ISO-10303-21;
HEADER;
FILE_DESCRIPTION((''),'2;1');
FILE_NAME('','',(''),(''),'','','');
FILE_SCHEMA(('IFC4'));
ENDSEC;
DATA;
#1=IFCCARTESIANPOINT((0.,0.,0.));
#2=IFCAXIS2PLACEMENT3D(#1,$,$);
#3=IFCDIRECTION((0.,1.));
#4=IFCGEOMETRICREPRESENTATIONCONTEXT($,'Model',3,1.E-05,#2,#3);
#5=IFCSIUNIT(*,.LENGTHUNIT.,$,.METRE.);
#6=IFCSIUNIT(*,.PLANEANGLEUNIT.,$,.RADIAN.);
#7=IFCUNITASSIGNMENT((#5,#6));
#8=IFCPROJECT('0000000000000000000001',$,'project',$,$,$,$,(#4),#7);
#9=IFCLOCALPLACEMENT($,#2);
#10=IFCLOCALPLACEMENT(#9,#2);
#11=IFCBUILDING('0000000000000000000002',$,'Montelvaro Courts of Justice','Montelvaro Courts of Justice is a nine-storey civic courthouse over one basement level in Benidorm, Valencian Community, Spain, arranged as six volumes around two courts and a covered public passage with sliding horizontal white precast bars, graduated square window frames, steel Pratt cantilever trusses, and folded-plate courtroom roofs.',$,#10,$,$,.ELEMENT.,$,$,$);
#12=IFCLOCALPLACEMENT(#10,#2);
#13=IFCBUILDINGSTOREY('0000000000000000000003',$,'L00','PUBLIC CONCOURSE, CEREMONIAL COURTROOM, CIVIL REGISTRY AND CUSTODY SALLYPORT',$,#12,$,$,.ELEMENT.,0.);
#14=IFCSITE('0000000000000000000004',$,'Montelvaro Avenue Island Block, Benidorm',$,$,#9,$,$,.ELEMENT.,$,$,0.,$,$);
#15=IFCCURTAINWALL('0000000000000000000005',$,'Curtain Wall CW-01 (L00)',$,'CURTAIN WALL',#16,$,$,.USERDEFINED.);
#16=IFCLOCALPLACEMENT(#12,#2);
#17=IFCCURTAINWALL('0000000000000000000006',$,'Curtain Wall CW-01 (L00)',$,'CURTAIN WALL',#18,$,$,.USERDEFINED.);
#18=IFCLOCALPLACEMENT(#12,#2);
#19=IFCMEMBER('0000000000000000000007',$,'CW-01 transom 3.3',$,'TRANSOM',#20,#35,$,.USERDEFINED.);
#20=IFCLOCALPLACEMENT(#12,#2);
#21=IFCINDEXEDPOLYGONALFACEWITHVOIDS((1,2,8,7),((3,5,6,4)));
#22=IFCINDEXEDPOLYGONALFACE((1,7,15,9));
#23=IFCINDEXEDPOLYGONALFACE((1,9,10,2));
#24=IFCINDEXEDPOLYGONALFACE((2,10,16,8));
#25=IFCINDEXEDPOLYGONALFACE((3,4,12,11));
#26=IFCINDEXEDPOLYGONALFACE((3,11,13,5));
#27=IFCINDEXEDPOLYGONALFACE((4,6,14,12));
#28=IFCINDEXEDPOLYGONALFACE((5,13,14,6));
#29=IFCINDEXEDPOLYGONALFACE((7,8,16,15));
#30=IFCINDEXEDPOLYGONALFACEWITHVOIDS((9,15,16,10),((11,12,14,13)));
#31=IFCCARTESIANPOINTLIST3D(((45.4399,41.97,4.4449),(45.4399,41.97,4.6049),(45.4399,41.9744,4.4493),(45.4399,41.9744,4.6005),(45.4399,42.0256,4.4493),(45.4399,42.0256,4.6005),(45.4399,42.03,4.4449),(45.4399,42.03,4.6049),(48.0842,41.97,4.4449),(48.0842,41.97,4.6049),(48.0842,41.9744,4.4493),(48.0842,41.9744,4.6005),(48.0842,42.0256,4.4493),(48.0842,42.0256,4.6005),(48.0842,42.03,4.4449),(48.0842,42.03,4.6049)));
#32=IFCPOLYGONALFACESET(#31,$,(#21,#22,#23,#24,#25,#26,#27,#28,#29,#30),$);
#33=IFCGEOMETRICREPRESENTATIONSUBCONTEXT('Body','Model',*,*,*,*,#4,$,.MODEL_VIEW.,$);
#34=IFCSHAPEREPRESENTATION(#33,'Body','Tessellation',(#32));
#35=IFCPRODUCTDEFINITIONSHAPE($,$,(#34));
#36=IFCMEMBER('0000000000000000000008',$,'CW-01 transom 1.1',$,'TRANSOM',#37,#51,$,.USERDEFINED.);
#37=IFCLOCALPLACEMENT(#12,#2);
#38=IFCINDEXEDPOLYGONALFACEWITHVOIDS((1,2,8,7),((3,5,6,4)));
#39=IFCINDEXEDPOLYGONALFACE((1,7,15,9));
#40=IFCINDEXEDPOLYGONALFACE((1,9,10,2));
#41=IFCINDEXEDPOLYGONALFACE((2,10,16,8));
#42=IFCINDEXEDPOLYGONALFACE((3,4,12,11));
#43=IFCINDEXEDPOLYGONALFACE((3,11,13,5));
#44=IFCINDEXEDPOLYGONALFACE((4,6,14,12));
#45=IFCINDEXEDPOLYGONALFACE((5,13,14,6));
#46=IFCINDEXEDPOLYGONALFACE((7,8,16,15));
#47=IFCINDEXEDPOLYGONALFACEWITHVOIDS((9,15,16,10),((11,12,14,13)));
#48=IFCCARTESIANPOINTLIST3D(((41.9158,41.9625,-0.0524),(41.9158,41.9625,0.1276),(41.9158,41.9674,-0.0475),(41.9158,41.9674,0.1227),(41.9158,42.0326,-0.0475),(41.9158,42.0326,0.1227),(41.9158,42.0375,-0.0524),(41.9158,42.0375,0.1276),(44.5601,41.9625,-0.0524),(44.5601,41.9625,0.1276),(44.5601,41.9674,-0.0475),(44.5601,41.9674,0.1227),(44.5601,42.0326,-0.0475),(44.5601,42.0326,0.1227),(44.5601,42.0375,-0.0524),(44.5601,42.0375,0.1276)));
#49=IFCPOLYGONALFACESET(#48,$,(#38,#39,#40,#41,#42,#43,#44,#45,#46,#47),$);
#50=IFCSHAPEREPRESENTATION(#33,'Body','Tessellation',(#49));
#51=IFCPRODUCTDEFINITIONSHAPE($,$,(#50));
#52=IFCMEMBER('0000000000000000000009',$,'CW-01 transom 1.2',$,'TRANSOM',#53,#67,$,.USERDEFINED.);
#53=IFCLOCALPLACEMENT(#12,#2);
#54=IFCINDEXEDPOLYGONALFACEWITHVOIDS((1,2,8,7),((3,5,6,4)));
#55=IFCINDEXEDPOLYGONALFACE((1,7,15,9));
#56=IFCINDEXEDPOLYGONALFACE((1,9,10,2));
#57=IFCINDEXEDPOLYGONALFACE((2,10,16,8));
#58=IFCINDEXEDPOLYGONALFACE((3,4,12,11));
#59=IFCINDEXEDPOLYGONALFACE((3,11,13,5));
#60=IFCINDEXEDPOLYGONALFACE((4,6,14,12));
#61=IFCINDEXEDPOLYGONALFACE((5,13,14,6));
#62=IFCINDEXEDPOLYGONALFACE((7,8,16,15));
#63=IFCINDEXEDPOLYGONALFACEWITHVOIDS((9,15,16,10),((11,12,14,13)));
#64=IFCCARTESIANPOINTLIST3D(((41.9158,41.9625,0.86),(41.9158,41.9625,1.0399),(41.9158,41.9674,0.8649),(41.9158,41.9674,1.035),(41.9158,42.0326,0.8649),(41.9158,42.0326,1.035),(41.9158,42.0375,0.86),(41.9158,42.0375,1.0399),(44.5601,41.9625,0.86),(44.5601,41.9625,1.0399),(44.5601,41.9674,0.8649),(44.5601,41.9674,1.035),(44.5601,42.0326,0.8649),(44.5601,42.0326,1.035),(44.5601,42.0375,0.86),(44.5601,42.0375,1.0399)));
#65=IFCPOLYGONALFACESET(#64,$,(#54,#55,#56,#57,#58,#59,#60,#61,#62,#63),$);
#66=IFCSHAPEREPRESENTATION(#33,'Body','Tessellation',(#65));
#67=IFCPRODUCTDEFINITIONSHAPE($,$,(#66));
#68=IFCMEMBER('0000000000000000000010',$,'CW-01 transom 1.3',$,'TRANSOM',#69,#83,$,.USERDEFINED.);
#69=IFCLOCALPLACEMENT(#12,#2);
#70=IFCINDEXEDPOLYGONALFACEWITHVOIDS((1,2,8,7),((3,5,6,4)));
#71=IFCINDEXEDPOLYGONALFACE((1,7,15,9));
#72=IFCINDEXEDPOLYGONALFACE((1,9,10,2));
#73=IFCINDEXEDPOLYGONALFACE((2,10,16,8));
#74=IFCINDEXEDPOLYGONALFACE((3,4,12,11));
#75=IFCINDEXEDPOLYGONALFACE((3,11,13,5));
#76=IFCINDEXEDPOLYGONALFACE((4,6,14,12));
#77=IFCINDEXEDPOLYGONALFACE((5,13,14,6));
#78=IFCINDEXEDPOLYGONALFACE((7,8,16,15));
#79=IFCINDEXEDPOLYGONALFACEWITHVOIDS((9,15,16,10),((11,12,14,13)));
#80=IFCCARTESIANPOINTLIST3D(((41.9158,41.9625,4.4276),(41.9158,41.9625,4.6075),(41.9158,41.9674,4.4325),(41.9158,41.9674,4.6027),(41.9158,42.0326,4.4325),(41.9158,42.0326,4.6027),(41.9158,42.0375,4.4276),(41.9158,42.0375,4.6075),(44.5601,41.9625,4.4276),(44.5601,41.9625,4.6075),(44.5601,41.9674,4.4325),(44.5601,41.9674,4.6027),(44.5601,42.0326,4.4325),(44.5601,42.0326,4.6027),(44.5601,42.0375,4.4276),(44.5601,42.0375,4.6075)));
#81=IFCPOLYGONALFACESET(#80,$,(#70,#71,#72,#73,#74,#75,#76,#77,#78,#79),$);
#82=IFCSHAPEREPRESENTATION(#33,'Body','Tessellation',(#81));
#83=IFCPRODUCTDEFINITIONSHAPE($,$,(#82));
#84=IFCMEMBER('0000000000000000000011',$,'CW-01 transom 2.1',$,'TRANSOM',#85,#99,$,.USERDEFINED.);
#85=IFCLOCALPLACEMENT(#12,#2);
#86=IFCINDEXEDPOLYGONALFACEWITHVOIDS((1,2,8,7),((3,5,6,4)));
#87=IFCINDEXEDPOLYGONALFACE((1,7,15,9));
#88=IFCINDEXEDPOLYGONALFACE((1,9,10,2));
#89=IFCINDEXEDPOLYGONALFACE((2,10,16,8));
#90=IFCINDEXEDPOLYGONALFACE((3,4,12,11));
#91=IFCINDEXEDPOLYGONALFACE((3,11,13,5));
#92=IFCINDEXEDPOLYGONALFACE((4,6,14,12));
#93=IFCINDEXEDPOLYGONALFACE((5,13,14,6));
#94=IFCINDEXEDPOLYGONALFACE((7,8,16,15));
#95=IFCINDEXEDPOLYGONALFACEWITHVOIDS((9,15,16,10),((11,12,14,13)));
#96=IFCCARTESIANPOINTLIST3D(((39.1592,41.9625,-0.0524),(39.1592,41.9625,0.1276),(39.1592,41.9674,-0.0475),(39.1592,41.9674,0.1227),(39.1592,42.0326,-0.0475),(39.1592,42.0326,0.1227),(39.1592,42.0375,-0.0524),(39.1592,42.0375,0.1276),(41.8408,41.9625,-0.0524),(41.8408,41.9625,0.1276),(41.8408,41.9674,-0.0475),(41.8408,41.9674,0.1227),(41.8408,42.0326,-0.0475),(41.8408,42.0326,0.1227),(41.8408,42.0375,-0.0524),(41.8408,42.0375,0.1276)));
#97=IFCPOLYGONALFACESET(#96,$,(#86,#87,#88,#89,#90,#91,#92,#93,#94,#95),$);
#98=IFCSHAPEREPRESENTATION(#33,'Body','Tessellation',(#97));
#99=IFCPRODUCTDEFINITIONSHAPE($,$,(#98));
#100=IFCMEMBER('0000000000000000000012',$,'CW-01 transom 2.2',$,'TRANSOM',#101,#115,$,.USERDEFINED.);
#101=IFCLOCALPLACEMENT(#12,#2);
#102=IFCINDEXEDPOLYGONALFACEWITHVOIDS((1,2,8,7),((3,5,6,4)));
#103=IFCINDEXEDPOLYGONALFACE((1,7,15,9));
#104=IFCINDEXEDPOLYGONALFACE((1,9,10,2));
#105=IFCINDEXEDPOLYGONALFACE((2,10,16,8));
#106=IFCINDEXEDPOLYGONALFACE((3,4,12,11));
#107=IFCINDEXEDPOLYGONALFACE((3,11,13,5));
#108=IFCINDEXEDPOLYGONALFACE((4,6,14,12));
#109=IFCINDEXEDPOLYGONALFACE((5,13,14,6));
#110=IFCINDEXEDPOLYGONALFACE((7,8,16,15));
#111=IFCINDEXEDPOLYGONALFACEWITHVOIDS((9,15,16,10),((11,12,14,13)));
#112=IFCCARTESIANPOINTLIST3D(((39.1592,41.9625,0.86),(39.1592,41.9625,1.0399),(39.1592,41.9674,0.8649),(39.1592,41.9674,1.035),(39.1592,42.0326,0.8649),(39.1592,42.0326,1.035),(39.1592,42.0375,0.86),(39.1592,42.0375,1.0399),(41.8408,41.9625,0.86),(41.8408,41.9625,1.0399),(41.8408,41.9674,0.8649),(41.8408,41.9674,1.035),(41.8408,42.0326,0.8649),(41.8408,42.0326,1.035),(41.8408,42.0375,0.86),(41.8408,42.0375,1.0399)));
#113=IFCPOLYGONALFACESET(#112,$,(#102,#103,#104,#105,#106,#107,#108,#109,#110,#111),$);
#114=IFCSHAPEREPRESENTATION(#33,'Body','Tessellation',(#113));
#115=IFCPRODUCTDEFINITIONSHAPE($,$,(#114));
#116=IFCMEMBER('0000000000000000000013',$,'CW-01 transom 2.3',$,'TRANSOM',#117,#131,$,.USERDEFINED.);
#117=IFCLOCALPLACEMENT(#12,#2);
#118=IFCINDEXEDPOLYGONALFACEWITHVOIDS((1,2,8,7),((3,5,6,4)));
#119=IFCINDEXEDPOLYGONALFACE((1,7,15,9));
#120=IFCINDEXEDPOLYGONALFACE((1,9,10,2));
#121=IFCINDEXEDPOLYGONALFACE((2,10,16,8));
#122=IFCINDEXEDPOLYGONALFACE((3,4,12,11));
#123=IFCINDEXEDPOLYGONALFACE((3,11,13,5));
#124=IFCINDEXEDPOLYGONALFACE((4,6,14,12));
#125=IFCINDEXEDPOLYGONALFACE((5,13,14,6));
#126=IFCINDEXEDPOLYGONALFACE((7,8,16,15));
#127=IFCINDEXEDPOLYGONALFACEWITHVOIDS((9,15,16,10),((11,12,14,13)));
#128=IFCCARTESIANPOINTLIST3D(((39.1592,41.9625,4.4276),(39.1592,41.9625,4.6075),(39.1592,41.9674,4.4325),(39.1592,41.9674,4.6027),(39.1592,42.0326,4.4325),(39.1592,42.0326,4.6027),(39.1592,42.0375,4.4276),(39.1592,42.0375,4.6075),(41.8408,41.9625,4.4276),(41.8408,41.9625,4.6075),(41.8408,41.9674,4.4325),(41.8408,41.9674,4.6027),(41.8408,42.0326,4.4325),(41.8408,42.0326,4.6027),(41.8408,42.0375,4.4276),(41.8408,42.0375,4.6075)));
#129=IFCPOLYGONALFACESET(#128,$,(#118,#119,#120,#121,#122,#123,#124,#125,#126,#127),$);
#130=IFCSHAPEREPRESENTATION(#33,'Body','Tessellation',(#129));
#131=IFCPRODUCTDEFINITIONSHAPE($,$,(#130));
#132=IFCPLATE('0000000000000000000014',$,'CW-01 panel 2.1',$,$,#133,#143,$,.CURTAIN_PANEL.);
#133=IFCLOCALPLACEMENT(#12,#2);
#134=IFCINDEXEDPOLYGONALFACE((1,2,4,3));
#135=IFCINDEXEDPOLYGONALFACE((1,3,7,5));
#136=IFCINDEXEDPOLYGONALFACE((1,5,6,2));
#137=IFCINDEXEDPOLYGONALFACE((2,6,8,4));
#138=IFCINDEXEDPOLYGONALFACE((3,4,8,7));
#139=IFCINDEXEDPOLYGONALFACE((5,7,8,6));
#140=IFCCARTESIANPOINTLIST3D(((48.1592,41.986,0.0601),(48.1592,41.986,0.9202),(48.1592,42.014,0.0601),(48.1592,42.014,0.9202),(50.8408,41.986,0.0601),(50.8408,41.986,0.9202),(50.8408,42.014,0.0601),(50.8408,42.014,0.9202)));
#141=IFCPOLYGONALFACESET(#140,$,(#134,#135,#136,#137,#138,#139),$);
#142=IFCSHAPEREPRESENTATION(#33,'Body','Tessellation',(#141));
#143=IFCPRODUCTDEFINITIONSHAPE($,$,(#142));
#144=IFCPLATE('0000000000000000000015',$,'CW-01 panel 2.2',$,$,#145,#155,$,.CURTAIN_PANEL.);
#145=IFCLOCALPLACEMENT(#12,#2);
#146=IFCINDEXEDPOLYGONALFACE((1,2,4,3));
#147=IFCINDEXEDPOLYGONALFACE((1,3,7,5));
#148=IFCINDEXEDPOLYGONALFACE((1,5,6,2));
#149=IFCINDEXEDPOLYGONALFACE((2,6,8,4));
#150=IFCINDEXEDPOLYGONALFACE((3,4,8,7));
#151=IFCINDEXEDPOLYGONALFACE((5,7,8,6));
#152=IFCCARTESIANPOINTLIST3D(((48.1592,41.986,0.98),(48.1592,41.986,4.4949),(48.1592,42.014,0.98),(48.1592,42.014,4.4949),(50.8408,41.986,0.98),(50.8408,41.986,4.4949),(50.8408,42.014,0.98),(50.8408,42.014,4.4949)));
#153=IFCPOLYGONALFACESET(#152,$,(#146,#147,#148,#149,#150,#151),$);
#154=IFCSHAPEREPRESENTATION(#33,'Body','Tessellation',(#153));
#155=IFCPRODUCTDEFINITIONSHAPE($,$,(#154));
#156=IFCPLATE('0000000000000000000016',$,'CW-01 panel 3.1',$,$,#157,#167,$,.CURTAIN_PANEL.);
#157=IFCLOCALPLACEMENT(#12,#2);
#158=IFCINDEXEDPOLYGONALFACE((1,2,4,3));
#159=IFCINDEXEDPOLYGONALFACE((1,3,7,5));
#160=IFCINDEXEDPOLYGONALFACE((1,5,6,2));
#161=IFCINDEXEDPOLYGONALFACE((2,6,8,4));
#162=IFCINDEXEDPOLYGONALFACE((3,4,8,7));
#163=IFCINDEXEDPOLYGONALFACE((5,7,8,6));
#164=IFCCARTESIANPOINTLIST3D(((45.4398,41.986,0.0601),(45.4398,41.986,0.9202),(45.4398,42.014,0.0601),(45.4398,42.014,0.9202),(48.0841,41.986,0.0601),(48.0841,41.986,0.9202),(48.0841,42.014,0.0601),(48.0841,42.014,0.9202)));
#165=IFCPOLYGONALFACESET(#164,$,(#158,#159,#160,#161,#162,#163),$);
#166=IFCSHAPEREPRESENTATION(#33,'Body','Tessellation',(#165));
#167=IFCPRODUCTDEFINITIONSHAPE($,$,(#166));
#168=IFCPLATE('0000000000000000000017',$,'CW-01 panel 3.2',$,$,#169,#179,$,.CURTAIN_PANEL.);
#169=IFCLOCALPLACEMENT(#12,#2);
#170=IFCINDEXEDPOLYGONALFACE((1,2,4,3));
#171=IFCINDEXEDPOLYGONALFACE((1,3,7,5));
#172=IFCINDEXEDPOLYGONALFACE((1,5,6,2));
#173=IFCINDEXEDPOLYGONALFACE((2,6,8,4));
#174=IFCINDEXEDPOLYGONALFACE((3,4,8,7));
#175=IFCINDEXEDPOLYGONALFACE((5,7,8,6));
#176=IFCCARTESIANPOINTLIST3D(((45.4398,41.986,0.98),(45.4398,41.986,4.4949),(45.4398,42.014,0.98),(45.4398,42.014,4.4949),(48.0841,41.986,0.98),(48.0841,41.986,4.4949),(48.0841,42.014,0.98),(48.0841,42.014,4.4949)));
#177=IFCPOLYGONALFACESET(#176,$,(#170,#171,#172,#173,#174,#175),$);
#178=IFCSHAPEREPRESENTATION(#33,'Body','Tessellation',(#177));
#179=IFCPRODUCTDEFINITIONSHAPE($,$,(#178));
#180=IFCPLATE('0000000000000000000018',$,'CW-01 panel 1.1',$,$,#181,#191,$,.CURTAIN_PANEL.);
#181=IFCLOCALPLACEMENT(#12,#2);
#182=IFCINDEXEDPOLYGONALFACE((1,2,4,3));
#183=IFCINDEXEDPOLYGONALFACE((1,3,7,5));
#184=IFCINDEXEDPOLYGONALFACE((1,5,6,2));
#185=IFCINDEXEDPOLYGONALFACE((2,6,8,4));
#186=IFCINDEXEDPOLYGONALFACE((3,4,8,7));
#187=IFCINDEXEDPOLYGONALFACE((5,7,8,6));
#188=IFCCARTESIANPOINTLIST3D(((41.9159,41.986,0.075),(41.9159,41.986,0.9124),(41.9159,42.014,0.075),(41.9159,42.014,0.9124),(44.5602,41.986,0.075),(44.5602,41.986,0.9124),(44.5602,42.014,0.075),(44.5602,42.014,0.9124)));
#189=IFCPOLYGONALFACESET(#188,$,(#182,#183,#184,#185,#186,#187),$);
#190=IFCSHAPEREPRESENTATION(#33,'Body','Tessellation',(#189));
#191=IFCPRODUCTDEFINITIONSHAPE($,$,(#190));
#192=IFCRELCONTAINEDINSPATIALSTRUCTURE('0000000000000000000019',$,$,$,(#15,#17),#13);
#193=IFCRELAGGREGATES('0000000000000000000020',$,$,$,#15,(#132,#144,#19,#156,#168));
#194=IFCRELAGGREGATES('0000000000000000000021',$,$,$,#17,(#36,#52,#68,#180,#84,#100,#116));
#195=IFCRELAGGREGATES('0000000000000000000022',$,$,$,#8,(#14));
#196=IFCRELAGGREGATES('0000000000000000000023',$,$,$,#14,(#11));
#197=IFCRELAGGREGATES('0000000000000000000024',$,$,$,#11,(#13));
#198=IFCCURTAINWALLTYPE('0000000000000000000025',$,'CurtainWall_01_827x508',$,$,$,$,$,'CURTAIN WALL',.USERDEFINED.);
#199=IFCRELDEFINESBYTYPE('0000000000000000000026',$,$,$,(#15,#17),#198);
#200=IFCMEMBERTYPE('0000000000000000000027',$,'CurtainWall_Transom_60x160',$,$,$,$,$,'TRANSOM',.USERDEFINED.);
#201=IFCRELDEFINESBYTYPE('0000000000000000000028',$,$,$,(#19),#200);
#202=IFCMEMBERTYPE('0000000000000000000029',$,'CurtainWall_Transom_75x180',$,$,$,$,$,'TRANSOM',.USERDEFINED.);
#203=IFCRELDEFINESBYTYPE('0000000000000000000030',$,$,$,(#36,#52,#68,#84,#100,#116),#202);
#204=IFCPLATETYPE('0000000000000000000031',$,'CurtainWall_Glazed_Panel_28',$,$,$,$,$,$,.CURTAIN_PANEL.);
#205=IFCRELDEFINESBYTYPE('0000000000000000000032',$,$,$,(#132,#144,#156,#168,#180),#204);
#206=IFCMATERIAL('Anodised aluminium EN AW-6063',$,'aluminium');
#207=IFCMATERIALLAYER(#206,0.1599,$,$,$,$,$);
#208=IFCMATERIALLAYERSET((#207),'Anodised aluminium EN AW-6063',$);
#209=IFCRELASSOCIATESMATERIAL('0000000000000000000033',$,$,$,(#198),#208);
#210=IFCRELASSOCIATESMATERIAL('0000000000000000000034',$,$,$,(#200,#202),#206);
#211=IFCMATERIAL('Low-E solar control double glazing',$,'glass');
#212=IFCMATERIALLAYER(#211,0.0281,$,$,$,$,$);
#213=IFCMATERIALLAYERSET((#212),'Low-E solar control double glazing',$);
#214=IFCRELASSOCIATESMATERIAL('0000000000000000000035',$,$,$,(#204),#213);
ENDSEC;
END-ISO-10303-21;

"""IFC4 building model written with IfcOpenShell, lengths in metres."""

from ifc_helpers import new_model, si_unit, direction, frame, origin, origin_2d, place, context, subcontext, project, spatial, rectangle, hollow_rectangle, extrude, material, layer, layer_set, material_profile, profile_set, type_object, element, aggregate, save


model = new_model("IFC4")

# Units and contexts
model_context = context("Model", 3, precision=1e-05, world=origin(), true_north=direction((0.0, 1.0)))
body_context = subcontext(model_context, "Body", "Model", "MODEL_VIEW")
ifc_project = project(units=[si_unit("LENGTHUNIT", "METRE"), si_unit("PLANEANGLEUNIT", "RADIAN")], contexts=[model_context])

# Site, building, storey
site_placement = place(None, origin())
site = spatial("IfcSite", under=ifc_project, at=site_placement, Name="Montelvaro Avenue Island Block, Benidorm", CompositionType="ELEMENT", RefElevation=0.0)
building_placement = place(site_placement, origin())
building = spatial("IfcBuilding", under=site, at=building_placement, Name="Montelvaro Courts of Justice", Description="Montelvaro Courts of Justice is a nine-storey civic courthouse over one basement level in Benidorm, Valencian Community, Spain, arranged as six volumes around two courts and a covered public passage with sliding horizontal white precast bars, graduated square window frames, steel Pratt cantilever trusses, and folded-plate courtroom roofs.", CompositionType="ELEMENT")
storey_placement = place(building_placement, origin())
storey = spatial("IfcBuildingStorey", under=building, at=storey_placement, Name="L00", Description="PUBLIC CONCOURSE, CEREMONIAL COURTROOM, CIVIL REGISTRY AND CUSTODY SALLYPORT", CompositionType="ELEMENT", Elevation=0.0)

# Curtain walls
ifc_material_1 = material(Name="Anodised aluminium EN AW-6063", Category="aluminium")
ifc_layer_1 = layer(ifc_material_1, 0.1599)
ifc_layer_set_1 = layer_set([ifc_layer_1], Name="Anodised aluminium EN AW-6063")
curtain_wall_type = type_object("IfcCurtainWallType", Name="CurtainWall_01_827x508", ElementType="CURTAIN WALL", PredefinedType="USERDEFINED", material=ifc_layer_set_1)
curtain_wall_1_placement = place(storey_placement, origin())
curtain_wall_1 = element("IfcCurtainWall", 1, at=curtain_wall_1_placement, inside=storey, type_object=curtain_wall_type, Name="Curtain Wall CW-01 (L00)", ObjectType="CURTAIN WALL", PredefinedType="USERDEFINED")
curtain_wall_2_placement = place(storey_placement, origin())
curtain_wall_2 = element("IfcCurtainWall", 2, at=curtain_wall_2_placement, inside=storey, type_object=curtain_wall_type, Name="Curtain Wall CW-01 (L00)", ObjectType="CURTAIN WALL", PredefinedType="USERDEFINED")

# Members
ifc_material_profile_1 = material_profile(ifc_material_1, hollow_rectangle(XDim=0.0601, YDim=0.1599, WallThickness=0.0044, at=origin_2d()), Name="ALU-T 60x160")
ifc_profile_set_1 = profile_set([ifc_material_profile_1], Name="Anodised aluminium EN AW-6063")
member_type_1 = type_object("IfcMemberType", Name="CurtainWall_Transom_60x160", ElementType="TRANSOM", PredefinedType="USERDEFINED", material=ifc_profile_set_1)
member_1_placement = place(storey_placement, frame((48.0842, 42.0, 4.5249), z_axis=(-1.0, 0.0, 0.0), x_axis=(0.0, -1.0, 0.0)))
member_1 = element("IfcMember", 3, at=member_1_placement, type_object=member_type_1, Name="CW-01 transom 3.3", ObjectType="TRANSOM", PredefinedType="USERDEFINED", context=body_context, shape_type="SweptSolid", body=[
    extrude(hollow_rectangle(XDim=0.0601, YDim=0.1599, WallThickness=0.0044, at=origin_2d()), origin(), (0.0, 0.0, 1.0), 2.6443),
])
ifc_material_profile_2 = material_profile(ifc_material_1, hollow_rectangle(XDim=0.075, YDim=0.1799, WallThickness=0.0049, at=origin_2d()), Name="ALU-T 75x180")
ifc_profile_set_2 = profile_set([ifc_material_profile_2], Name="Anodised aluminium EN AW-6063")
member_type_2 = type_object("IfcMemberType", Name="CurtainWall_Transom_75x180", ElementType="TRANSOM", PredefinedType="USERDEFINED", material=ifc_profile_set_2)
member_2_placement = place(storey_placement, frame((44.5601, 42.0, 0.0376), z_axis=(-1.0, 0.0, 0.0), x_axis=(0.0, -1.0, 0.0)))
member_2 = element("IfcMember", 4, at=member_2_placement, type_object=member_type_2, Name="CW-01 transom 1.1", ObjectType="TRANSOM", PredefinedType="USERDEFINED", context=body_context, shape_type="SweptSolid", body=[
    extrude(hollow_rectangle(XDim=0.075, YDim=0.1799, WallThickness=0.0049, at=origin_2d()), origin(), (0.0, 0.0, 1.0), 2.6443),
])
member_3_placement = place(storey_placement, frame((44.5601, 42.0, 0.95), z_axis=(-1.0, 0.0, 0.0), x_axis=(0.0, -1.0, 0.0)))
member_3 = element("IfcMember", 5, at=member_3_placement, type_object=member_type_2, Name="CW-01 transom 1.2", ObjectType="TRANSOM", PredefinedType="USERDEFINED", context=body_context, shape_type="SweptSolid", body=[
    extrude(hollow_rectangle(XDim=0.075, YDim=0.1799, WallThickness=0.0049, at=origin_2d()), origin(), (0.0, 0.0, 1.0), 2.6443),
])
member_4_placement = place(storey_placement, frame((44.5601, 42.0, 4.5176), z_axis=(-1.0, 0.0, 0.0), x_axis=(0.0, -1.0, 0.0)))
member_4 = element("IfcMember", 6, at=member_4_placement, type_object=member_type_2, Name="CW-01 transom 1.3", ObjectType="TRANSOM", PredefinedType="USERDEFINED", context=body_context, shape_type="SweptSolid", body=[
    extrude(hollow_rectangle(XDim=0.075, YDim=0.1799, WallThickness=0.0049, at=origin_2d()), origin(), (0.0, 0.0, 1.0), 2.6443),
])
member_5_placement = place(storey_placement, frame((41.8408, 42.0, 0.0376), z_axis=(-1.0, 0.0, 0.0), x_axis=(0.0, -1.0, 0.0)))
member_5 = element("IfcMember", 7, at=member_5_placement, type_object=member_type_2, Name="CW-01 transom 2.1", ObjectType="TRANSOM", PredefinedType="USERDEFINED", context=body_context, shape_type="SweptSolid", body=[
    extrude(hollow_rectangle(XDim=0.075, YDim=0.1799, WallThickness=0.0049, at=origin_2d()), origin(), (0.0, 0.0, 1.0), 2.6816),
])
member_6_placement = place(storey_placement, frame((41.8408, 42.0, 0.95), z_axis=(-1.0, 0.0, 0.0), x_axis=(0.0, -1.0, 0.0)))
member_6 = element("IfcMember", 8, at=member_6_placement, type_object=member_type_2, Name="CW-01 transom 2.2", ObjectType="TRANSOM", PredefinedType="USERDEFINED", context=body_context, shape_type="SweptSolid", body=[
    extrude(hollow_rectangle(XDim=0.075, YDim=0.1799, WallThickness=0.0049, at=origin_2d()), origin(), (0.0, 0.0, 1.0), 2.6816),
])
member_7_placement = place(storey_placement, frame((41.8408, 42.0, 4.5176), z_axis=(-1.0, 0.0, 0.0), x_axis=(0.0, -1.0, 0.0)))
member_7 = element("IfcMember", 9, at=member_7_placement, type_object=member_type_2, Name="CW-01 transom 2.3", ObjectType="TRANSOM", PredefinedType="USERDEFINED", context=body_context, shape_type="SweptSolid", body=[
    extrude(hollow_rectangle(XDim=0.075, YDim=0.1799, WallThickness=0.0049, at=origin_2d()), origin(), (0.0, 0.0, 1.0), 2.6816),
])

# Plates
ifc_material_2 = material(Name="Low-E solar control double glazing", Category="glass")
ifc_layer_2 = layer(ifc_material_2, 0.0281)
ifc_layer_set_2 = layer_set([ifc_layer_2], Name="Low-E solar control double glazing")
plate_type = type_object("IfcPlateType", Name="CurtainWall_Glazed_Panel_28", PredefinedType="CURTAIN_PANEL", material=ifc_layer_set_2)
plate_1_placement = place(storey_placement, frame((49.5, 42.0, 0.0601), z_axis=(0.0, 0.0, 1.0), x_axis=(-1.0, 0.0, 0.0)))
plate_1 = element("IfcPlate", 10, at=plate_1_placement, type_object=plate_type, Name="CW-01 panel 2.1", PredefinedType="CURTAIN_PANEL", context=body_context, shape_type="SweptSolid", body=[
    extrude(rectangle(XDim=2.6816, YDim=0.0281, at=origin_2d()), origin(), (0.0, 0.0, 1.0), 0.8601),
])
plate_2_placement = place(storey_placement, frame((49.5, 42.0, 0.98), z_axis=(0.0, 0.0, 1.0), x_axis=(-1.0, 0.0, 0.0)))
plate_2 = element("IfcPlate", 11, at=plate_2_placement, type_object=plate_type, Name="CW-01 panel 2.2", PredefinedType="CURTAIN_PANEL", context=body_context, shape_type="SweptSolid", body=[
    extrude(rectangle(XDim=2.6816, YDim=0.0281, at=origin_2d()), origin(), (0.0, 0.0, 1.0), 3.5149),
])
plate_3_placement = place(storey_placement, frame((46.762, 42.0, 0.0601), z_axis=(0.0, 0.0, 1.0), x_axis=(-1.0, 0.0, 0.0)))
plate_3 = element("IfcPlate", 12, at=plate_3_placement, type_object=plate_type, Name="CW-01 panel 3.1", PredefinedType="CURTAIN_PANEL", context=body_context, shape_type="SweptSolid", body=[
    extrude(rectangle(XDim=2.6443, YDim=0.0281, at=origin_2d()), origin(), (0.0, 0.0, 1.0), 0.8601),
])
plate_4_placement = place(storey_placement, frame((46.762, 42.0, 0.98), z_axis=(0.0, 0.0, 1.0), x_axis=(-1.0, 0.0, 0.0)))
plate_4 = element("IfcPlate", 13, at=plate_4_placement, type_object=plate_type, Name="CW-01 panel 3.2", PredefinedType="CURTAIN_PANEL", context=body_context, shape_type="SweptSolid", body=[
    extrude(rectangle(XDim=2.6443, YDim=0.0281, at=origin_2d()), origin(), (0.0, 0.0, 1.0), 3.5149),
])
aggregate(curtain_wall_1, [plate_1, plate_2, member_1, plate_3, plate_4])
plate_5_placement = place(storey_placement, frame((43.238, 42.0, 0.075), z_axis=(0.0, 0.0, 1.0), x_axis=(-1.0, 0.0, 0.0)))
plate_5 = element("IfcPlate", 14, at=plate_5_placement, type_object=plate_type, Name="CW-01 panel 1.1", PredefinedType="CURTAIN_PANEL", context=body_context, shape_type="SweptSolid", body=[
    extrude(rectangle(XDim=2.6443, YDim=0.0281, at=origin_2d()), origin(), (0.0, 0.0, 1.0), 0.8374),
])
aggregate(curtain_wall_2, [member_2, member_3, member_4, plate_5, member_5, member_6, member_7])

save(model, "model.ifc")
